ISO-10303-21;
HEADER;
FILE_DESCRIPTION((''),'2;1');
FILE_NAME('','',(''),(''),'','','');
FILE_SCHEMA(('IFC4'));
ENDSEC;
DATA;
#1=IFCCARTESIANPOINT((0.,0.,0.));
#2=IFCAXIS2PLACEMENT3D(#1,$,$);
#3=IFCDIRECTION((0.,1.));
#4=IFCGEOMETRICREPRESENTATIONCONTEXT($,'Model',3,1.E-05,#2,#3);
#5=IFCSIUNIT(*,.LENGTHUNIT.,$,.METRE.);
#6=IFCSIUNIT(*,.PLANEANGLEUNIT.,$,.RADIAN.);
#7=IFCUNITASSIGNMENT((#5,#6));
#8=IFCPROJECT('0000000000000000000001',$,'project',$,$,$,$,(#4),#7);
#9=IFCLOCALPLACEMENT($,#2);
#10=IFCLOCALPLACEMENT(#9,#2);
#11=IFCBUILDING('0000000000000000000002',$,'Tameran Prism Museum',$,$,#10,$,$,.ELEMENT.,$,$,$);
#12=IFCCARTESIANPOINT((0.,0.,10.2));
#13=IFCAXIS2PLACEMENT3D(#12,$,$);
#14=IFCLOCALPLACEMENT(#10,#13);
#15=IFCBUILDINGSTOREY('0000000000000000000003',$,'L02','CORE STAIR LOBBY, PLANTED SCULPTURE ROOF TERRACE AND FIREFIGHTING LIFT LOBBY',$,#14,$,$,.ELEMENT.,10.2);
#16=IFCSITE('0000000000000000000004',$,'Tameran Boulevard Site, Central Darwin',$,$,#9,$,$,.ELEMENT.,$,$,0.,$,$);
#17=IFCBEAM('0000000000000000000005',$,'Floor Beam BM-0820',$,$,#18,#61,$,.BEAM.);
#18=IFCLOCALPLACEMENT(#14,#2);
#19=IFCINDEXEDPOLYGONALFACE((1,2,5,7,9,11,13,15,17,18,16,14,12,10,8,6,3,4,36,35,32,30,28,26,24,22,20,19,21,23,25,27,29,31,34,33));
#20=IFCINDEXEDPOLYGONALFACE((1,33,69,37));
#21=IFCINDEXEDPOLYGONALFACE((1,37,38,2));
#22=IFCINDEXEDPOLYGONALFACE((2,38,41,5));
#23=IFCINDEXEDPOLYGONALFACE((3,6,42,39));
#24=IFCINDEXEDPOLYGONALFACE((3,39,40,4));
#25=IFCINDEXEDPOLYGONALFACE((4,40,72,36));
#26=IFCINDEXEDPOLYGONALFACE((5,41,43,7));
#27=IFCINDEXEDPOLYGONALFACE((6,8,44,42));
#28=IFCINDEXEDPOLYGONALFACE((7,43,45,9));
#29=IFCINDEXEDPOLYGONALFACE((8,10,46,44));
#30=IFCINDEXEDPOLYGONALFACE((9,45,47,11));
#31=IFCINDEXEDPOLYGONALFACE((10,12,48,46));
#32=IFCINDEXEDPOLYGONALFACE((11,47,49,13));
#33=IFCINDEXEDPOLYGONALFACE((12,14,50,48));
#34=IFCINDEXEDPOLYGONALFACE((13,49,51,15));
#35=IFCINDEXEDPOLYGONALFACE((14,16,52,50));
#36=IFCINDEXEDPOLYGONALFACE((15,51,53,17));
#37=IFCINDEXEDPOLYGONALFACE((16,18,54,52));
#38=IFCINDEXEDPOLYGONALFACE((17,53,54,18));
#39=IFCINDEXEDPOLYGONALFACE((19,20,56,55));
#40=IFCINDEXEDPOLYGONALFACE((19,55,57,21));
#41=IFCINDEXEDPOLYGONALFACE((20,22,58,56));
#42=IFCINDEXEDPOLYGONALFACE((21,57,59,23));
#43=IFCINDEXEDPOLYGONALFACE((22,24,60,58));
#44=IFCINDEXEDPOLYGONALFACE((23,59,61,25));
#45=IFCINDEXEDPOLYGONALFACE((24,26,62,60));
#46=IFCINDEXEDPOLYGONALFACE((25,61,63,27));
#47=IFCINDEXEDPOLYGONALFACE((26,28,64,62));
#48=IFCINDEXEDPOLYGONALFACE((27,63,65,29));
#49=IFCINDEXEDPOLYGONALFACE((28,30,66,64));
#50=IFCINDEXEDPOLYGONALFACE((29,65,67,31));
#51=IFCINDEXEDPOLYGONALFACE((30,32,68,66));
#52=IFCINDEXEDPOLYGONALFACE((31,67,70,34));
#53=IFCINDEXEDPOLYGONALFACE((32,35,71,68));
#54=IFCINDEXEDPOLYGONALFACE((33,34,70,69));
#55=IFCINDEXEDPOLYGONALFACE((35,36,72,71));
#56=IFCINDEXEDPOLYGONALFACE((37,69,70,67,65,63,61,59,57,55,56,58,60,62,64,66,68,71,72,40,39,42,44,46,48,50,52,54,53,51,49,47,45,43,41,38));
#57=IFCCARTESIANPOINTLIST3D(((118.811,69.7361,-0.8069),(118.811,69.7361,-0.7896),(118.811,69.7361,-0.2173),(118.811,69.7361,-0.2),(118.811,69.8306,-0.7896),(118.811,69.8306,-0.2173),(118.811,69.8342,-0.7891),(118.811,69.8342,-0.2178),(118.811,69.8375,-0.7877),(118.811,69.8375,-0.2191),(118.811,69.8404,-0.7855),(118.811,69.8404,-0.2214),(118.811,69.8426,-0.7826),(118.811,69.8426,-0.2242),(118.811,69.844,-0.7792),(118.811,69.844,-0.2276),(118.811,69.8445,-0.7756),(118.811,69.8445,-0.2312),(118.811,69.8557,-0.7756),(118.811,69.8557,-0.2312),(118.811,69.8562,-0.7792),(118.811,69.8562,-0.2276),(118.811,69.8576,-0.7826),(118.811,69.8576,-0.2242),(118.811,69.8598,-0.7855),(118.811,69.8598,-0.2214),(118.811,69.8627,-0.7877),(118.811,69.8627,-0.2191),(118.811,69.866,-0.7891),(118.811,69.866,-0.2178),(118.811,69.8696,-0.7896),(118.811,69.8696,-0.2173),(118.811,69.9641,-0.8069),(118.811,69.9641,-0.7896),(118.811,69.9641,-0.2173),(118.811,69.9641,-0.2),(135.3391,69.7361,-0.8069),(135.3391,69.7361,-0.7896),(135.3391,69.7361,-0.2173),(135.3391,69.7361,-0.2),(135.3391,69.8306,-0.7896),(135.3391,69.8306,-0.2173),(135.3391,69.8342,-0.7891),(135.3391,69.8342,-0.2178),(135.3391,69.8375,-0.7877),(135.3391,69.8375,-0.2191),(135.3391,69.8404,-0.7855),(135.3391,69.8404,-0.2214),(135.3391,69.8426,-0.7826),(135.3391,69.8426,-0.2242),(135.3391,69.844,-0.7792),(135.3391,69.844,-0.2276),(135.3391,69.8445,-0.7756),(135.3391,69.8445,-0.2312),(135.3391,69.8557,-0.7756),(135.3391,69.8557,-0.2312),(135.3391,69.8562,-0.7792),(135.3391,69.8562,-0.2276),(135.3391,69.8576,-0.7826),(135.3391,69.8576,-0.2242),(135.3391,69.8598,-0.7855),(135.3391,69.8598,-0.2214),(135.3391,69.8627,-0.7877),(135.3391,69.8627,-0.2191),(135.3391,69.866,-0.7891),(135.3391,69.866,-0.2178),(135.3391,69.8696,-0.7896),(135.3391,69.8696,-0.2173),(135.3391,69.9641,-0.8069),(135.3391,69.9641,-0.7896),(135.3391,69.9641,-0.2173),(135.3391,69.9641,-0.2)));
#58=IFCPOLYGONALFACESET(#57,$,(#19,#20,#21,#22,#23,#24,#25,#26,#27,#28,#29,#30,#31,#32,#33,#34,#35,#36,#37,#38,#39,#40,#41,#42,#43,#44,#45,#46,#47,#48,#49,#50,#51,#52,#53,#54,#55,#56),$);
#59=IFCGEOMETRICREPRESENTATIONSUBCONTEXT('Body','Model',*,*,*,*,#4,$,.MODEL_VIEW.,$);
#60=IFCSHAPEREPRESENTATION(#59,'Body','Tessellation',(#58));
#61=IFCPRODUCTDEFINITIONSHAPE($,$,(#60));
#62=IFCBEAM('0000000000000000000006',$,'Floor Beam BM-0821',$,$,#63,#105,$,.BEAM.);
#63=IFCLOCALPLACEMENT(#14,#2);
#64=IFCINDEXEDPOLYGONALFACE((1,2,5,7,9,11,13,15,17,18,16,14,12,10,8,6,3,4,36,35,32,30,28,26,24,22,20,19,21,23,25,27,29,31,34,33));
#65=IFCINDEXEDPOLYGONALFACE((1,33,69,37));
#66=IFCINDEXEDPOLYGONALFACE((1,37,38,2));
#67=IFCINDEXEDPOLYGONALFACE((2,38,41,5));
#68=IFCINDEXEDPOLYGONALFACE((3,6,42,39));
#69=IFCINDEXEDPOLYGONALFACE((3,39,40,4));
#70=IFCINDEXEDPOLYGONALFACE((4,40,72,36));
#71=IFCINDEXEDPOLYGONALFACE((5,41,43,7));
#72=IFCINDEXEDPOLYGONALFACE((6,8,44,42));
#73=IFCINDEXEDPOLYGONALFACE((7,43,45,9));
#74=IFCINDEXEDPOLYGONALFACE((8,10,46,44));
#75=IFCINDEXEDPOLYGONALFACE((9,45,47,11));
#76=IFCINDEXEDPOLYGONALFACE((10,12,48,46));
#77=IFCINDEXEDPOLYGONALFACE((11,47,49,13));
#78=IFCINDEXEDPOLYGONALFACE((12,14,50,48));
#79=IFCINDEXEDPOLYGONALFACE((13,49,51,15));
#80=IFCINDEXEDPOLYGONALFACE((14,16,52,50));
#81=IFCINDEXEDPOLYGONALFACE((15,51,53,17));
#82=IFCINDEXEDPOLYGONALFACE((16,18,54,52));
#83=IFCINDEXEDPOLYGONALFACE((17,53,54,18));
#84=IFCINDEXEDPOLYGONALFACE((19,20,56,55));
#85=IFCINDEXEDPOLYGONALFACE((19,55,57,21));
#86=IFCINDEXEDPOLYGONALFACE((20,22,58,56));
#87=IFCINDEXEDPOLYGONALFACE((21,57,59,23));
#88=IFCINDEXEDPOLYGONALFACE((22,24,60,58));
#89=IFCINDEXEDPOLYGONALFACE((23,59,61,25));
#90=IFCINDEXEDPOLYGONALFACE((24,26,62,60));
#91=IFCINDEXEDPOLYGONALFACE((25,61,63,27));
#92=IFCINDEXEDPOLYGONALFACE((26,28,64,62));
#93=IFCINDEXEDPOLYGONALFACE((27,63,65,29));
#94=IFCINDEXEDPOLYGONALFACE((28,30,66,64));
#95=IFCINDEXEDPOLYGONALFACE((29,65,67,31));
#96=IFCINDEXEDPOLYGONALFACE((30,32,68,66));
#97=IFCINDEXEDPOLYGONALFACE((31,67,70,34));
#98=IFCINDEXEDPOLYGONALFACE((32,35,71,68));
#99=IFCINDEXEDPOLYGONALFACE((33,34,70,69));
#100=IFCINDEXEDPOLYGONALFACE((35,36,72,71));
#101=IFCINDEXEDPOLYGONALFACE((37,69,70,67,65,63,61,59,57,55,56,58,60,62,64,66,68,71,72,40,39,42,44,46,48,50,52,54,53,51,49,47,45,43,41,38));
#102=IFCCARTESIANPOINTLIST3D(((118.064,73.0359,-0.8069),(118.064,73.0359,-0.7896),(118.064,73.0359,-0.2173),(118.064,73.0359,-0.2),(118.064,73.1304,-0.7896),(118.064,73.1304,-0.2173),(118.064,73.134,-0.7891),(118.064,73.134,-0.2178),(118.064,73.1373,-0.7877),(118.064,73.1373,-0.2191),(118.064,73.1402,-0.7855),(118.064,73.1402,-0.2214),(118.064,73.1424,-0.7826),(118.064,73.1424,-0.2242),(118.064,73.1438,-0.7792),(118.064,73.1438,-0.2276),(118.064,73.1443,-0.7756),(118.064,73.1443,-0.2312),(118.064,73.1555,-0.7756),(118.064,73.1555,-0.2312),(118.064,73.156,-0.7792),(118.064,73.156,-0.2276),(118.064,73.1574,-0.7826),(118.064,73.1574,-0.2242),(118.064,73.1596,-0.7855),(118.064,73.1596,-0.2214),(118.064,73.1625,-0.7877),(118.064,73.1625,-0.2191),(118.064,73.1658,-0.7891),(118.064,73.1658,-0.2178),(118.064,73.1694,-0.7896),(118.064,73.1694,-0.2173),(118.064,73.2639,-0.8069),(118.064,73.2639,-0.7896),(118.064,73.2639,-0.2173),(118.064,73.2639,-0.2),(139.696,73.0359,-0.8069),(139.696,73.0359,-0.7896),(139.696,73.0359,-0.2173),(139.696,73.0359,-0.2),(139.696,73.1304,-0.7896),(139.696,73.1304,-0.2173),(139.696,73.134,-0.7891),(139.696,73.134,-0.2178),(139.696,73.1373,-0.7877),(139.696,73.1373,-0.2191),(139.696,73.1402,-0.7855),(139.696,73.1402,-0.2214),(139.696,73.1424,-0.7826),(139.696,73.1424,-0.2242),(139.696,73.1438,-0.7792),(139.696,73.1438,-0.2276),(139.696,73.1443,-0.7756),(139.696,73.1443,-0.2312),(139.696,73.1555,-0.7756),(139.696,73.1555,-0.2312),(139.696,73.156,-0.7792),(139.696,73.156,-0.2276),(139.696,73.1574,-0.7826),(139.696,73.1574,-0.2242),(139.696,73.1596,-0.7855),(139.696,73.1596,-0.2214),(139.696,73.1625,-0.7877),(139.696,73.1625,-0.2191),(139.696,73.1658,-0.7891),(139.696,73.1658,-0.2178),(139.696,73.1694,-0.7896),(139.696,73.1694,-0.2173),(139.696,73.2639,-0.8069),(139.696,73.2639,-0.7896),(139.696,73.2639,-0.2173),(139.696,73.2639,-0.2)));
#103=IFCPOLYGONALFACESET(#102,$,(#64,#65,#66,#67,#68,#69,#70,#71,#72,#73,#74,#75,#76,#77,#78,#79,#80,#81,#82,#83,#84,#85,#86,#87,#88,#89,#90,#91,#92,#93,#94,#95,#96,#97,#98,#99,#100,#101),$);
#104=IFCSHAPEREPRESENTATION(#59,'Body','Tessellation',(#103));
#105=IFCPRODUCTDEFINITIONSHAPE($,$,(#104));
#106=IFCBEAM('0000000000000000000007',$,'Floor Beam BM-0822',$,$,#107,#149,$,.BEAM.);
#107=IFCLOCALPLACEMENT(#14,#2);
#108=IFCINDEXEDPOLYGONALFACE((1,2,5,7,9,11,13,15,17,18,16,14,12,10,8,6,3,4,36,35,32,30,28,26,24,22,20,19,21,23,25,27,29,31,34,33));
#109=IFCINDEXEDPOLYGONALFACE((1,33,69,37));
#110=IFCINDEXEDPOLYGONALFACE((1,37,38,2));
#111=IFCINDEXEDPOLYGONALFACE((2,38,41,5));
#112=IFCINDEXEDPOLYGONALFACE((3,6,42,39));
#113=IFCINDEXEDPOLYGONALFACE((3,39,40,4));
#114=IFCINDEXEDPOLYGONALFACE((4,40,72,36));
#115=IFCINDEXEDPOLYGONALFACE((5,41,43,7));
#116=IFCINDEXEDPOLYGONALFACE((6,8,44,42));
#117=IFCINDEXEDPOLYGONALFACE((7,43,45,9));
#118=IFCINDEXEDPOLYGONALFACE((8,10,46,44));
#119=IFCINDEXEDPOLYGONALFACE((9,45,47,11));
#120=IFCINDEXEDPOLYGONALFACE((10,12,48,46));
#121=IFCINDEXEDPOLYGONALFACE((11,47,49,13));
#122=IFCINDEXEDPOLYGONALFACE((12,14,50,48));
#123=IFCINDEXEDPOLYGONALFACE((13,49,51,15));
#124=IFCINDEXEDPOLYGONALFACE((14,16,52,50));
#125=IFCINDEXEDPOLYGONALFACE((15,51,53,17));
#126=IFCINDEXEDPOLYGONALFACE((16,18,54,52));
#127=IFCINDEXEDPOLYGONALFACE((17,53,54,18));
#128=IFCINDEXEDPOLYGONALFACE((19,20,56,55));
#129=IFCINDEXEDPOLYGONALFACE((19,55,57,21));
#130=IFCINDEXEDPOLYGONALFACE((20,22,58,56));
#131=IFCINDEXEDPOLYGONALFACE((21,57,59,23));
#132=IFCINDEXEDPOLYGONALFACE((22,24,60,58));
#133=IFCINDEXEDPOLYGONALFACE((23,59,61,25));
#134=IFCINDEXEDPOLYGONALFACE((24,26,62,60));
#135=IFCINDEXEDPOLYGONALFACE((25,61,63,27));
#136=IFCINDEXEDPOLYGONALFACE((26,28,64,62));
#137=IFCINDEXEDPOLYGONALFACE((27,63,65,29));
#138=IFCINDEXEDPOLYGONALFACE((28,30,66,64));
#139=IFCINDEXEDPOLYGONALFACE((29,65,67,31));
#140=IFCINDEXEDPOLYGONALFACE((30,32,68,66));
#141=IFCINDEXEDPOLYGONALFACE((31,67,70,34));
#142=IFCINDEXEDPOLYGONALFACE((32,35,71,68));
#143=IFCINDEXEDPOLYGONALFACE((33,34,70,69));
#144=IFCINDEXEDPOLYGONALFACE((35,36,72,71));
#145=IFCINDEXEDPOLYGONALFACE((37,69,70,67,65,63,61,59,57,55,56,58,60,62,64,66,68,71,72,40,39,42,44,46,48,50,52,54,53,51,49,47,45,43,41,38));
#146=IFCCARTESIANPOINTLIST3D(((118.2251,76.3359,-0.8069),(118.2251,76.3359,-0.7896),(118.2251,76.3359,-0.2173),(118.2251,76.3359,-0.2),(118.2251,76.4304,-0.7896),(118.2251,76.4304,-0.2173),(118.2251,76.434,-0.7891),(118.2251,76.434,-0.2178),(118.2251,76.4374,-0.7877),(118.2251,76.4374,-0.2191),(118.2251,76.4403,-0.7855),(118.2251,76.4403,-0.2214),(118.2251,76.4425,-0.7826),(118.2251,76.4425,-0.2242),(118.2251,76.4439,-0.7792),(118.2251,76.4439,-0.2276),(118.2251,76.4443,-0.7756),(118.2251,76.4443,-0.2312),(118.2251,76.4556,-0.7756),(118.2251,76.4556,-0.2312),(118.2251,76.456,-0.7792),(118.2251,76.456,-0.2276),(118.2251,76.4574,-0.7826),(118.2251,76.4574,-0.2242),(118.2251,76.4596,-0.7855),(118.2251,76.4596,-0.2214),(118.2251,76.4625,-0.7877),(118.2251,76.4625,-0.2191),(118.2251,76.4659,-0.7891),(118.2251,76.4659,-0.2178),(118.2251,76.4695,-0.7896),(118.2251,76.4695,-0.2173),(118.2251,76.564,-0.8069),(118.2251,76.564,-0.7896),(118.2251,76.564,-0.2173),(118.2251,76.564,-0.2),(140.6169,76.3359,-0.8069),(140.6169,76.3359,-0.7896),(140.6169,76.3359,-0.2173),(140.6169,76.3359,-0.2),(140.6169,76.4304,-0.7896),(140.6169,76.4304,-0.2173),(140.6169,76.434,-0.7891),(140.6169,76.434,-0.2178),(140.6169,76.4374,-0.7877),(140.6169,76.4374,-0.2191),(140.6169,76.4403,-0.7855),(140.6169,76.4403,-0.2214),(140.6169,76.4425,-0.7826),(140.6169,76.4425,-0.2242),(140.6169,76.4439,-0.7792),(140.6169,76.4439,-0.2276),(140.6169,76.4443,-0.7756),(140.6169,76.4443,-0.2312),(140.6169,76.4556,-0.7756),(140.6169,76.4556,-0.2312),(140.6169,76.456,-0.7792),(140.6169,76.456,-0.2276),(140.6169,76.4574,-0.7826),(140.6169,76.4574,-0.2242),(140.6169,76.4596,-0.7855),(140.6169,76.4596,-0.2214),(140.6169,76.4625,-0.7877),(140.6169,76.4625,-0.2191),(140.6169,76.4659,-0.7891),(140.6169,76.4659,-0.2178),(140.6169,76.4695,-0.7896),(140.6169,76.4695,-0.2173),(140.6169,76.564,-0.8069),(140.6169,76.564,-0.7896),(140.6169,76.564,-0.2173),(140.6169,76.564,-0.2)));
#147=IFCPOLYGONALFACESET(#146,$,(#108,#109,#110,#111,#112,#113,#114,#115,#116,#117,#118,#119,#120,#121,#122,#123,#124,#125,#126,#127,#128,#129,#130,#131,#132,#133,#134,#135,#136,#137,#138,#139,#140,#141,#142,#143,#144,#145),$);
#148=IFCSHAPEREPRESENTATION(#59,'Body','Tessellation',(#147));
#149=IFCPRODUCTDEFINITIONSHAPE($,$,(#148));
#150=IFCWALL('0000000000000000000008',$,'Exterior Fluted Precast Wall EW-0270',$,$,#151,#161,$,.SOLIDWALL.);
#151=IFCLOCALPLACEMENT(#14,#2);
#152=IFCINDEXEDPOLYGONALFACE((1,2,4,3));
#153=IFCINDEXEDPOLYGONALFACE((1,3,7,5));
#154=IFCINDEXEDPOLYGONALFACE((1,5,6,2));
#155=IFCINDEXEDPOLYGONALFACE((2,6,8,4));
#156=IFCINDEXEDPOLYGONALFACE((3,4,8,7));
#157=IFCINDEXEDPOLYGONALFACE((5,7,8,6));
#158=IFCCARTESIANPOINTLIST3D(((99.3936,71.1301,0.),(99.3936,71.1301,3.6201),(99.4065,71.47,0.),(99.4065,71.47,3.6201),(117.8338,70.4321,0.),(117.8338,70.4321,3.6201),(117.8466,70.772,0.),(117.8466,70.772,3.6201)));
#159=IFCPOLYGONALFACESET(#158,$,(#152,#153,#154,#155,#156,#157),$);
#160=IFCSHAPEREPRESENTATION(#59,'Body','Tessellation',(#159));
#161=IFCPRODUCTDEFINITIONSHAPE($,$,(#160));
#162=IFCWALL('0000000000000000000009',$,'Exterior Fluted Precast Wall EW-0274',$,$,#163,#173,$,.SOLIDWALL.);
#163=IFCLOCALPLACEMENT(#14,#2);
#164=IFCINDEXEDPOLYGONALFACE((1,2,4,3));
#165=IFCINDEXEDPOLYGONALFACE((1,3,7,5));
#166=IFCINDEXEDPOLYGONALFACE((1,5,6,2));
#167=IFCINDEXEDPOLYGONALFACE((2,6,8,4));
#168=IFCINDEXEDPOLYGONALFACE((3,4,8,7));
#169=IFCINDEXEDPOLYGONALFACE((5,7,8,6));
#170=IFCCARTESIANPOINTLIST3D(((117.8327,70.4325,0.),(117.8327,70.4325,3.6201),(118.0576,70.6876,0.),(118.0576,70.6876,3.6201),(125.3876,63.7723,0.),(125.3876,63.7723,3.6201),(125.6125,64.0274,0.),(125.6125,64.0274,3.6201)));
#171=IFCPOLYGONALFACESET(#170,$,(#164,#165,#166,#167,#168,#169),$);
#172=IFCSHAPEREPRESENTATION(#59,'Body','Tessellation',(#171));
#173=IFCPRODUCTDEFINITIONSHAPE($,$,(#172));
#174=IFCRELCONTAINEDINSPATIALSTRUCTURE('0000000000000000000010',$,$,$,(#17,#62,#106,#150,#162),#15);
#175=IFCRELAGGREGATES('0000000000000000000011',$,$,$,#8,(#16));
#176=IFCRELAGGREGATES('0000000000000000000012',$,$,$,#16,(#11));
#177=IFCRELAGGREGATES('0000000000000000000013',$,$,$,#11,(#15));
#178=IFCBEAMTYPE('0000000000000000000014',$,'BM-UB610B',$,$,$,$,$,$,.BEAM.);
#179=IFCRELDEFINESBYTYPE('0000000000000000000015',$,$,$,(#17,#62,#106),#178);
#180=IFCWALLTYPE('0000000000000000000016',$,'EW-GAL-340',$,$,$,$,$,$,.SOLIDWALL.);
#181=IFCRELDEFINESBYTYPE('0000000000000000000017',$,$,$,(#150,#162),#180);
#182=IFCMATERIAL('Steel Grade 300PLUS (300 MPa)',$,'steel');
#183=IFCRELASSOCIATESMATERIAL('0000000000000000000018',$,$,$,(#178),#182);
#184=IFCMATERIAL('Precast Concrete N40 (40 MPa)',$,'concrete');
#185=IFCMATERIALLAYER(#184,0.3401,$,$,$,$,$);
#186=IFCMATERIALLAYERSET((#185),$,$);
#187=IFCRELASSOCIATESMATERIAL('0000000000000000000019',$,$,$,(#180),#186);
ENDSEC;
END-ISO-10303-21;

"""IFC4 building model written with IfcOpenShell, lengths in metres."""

from ifc_helpers import new_model, si_unit, direction, frame, frame_2d, origin, origin_2d, place, context, subcontext, project, spatial, rectangle, i_section, extrude, material, layer, layer_set, material_profile, profile_set, type_object, element, save


model = new_model("IFC4")

# Units and contexts
model_context = context("Model", 3, precision=1e-05, world=origin(), true_north=direction((0.0, 1.0)))
body_context = subcontext(model_context, "Body", "Model", "MODEL_VIEW")
ifc_project = project(units=[si_unit("LENGTHUNIT", "METRE"), si_unit("PLANEANGLEUNIT", "RADIAN")], contexts=[model_context])

# Site, building, storey
site_placement = place(None, origin())
site = spatial("IfcSite", under=ifc_project, at=site_placement, Name="Tameran Boulevard Site, Central Darwin", CompositionType="ELEMENT", RefElevation=0.0)
building_placement = place(site_placement, origin())
building = spatial("IfcBuilding", under=site, at=building_placement, Name="Tameran Prism Museum", CompositionType="ELEMENT")
storey_placement = place(building_placement, frame((0.0, 0.0, 10.2)))
storey = spatial("IfcBuildingStorey", under=building, at=storey_placement, Name="L02", Description="CORE STAIR LOBBY, PLANTED SCULPTURE ROOF TERRACE AND FIREFIGHTING LIFT LOBBY", CompositionType="ELEMENT", Elevation=10.2)

# Beams
ifc_material_1 = material(Name="Steel Grade 300PLUS (300 MPa)", Category="steel")
ifc_material_profile_1 = material_profile(ifc_material_1, i_section(OverallWidth=0.228, OverallDepth=0.6069, WebThickness=0.0112, FlangeThickness=0.0173, FilletRadius=0.0139, at=origin_2d()))
ifc_profile_set_1 = profile_set([ifc_material_profile_1])
beam_type_1 = type_object("IfcBeamType", Name="BM-UB610B", PredefinedType="BEAM", material=ifc_profile_set_1)
beam_1_placement = place(storey_placement, frame((118.811, 69.8501, -0.5034), z_axis=(1.0, 0.0, 0.0), x_axis=(0.0, 1.0, 0.0)))
element("IfcBeam", 1, at=beam_1_placement, inside=storey, type_object=beam_type_1, Name="Floor Beam BM-0820", PredefinedType="BEAM", context=body_context, shape_type="SweptSolid", body=[
    extrude(i_section(OverallWidth=0.228, OverallDepth=0.6069, WebThickness=0.0112, FlangeThickness=0.0173, FilletRadius=0.0139, at=origin_2d()), origin(), (0.0, 0.0, 1.0), 16.5281),
])
beam_2_placement = place(storey_placement, frame((118.064, 73.1499, -0.5034), z_axis=(1.0, 0.0, 0.0), x_axis=(0.0, 1.0, 0.0)))
element("IfcBeam", 2, at=beam_2_placement, inside=storey, type_object=beam_type_1, Name="Floor Beam BM-0821", PredefinedType="BEAM", context=body_context, shape_type="SweptSolid", body=[
    extrude(i_section(OverallWidth=0.228, OverallDepth=0.6069, WebThickness=0.0112, FlangeThickness=0.0173, FilletRadius=0.0139, at=origin_2d()), origin(), (0.0, 0.0, 1.0), 21.6321),
])
beam_3_placement = place(storey_placement, frame((118.2251, 76.45, -0.5034), z_axis=(1.0, 0.0, 0.0), x_axis=(0.0, 1.0, 0.0)))
element("IfcBeam", 3, at=beam_3_placement, inside=storey, type_object=beam_type_1, Name="Floor Beam BM-0822", PredefinedType="BEAM", context=body_context, shape_type="SweptSolid", body=[
    extrude(i_section(OverallWidth=0.228, OverallDepth=0.6069, WebThickness=0.0112, FlangeThickness=0.0173, FilletRadius=0.0139, at=origin_2d()), origin(), (0.0, 0.0, 1.0), 22.3918),
])

# Walls
ifc_material_2 = material(Name="Precast Concrete N40 (40 MPa)", Category="concrete")
ifc_layer_1 = layer(ifc_material_2, 0.3401)
ifc_layer_set_1 = layer_set([ifc_layer_1])
wall_type_1 = type_object("IfcWallType", Name="EW-GAL-340", PredefinedType="SOLIDWALL", material=ifc_layer_set_1)
wall_1_placement = place(storey_placement, frame((117.8401, 70.6021, 0.0), z_axis=(0.0, 0.0, 1.0), x_axis=(-0.999284, 0.037825, 0.0)))
element("IfcWall", 4, at=wall_1_placement, inside=storey, type_object=wall_type_1, Name="Exterior Fluted Precast Wall EW-0270", PredefinedType="SOLIDWALL", context=body_context, shape_type="SweptSolid", body=[
    extrude(rectangle(XDim=18.4534, YDim=0.3401, at=frame_2d((9.2266, 0.0))), origin(), (0.0, 0.0, 1.0), 3.6201),
])
wall_2_placement = place(storey_placement, frame((125.5, 63.8999, 0.0), z_axis=(0.0, 0.0, 1.0), x_axis=(-0.750131, 0.661289, 0.0)))
element("IfcWall", 5, at=wall_2_placement, inside=storey, type_object=wall_type_1, Name="Exterior Fluted Precast Wall EW-0274", PredefinedType="SOLIDWALL", context=body_context, shape_type="SweptSolid", body=[
    extrude(rectangle(XDim=10.0715, YDim=0.3401, at=frame_2d((5.0356, 0.0))), origin(), (0.0, 0.0, 1.0), 3.6201),
])

save(model, "model.ifc")
